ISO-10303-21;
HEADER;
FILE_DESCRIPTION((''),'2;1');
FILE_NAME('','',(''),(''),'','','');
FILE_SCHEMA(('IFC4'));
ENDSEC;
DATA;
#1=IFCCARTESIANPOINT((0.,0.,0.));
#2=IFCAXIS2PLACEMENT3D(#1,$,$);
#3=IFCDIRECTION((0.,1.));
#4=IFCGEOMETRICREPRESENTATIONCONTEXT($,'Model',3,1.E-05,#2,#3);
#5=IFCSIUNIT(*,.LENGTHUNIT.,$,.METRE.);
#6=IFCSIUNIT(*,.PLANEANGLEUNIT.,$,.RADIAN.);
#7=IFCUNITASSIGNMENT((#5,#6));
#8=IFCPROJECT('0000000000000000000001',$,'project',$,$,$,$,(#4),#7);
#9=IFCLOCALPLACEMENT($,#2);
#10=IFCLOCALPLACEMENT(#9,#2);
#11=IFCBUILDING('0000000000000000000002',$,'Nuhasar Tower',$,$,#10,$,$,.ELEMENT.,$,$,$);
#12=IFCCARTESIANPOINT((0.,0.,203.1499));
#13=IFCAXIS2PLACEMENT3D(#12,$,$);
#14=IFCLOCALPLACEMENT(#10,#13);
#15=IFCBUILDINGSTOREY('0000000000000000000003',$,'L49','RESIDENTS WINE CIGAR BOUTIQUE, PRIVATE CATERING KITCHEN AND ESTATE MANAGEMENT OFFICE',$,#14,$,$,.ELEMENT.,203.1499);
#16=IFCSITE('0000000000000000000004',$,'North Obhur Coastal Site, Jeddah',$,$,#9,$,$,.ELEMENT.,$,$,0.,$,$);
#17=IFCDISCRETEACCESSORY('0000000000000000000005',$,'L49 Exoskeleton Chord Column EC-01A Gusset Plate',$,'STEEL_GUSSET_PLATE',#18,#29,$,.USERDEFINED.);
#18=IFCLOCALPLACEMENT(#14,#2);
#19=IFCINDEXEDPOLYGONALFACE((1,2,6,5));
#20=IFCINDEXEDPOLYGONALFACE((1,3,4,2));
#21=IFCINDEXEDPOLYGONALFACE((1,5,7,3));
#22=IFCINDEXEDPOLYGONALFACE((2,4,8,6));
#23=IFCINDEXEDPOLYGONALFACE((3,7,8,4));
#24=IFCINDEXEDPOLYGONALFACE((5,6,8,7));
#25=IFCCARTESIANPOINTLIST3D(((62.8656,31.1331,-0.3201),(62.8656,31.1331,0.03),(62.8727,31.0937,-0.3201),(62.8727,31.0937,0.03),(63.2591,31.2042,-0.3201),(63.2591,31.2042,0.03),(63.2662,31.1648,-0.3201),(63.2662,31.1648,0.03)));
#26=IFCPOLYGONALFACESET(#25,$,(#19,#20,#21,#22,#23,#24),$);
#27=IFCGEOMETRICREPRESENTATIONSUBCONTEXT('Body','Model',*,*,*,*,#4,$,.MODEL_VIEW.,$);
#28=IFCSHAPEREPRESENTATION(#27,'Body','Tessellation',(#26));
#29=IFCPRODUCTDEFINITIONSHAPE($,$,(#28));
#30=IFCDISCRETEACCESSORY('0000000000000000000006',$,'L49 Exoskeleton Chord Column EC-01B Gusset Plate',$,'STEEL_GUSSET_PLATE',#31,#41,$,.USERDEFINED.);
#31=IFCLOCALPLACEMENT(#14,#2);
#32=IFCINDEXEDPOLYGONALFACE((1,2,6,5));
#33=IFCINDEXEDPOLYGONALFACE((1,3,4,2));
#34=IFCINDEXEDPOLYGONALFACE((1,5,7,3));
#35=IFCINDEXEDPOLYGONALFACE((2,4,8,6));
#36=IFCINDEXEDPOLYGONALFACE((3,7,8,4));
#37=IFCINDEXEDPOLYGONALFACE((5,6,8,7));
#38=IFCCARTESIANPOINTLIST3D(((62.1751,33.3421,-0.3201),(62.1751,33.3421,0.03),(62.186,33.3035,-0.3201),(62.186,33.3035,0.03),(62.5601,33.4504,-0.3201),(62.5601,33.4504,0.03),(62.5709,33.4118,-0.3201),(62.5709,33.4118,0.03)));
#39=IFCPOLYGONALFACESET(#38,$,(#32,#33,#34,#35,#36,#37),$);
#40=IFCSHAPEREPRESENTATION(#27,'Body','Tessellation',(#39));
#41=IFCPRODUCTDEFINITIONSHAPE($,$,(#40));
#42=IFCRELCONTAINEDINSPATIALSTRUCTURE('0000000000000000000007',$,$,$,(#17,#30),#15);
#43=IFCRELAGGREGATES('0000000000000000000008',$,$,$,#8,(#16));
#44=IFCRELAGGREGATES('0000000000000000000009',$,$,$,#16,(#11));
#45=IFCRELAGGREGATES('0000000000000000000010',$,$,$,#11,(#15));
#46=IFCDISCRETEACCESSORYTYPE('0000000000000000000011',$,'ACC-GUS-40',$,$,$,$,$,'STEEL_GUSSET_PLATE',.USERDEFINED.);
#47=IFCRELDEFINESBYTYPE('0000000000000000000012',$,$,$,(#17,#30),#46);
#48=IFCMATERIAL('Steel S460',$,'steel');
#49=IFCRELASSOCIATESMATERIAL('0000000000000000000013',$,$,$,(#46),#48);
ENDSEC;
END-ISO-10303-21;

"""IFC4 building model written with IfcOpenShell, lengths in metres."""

from ifc_helpers import new_model, si_unit, direction, frame, origin, origin_2d, place, context, subcontext, project, spatial, rectangle, extrude, material, type_object, element, save


model = new_model("IFC4")

# Units and contexts
model_context = context("Model", 3, precision=1e-05, world=origin(), true_north=direction((0.0, 1.0)))
body_context = subcontext(model_context, "Body", "Model", "MODEL_VIEW")
ifc_project = project(units=[si_unit("LENGTHUNIT", "METRE"), si_unit("PLANEANGLEUNIT", "RADIAN")], contexts=[model_context])

# Site, building, storey
site_placement = place(None, origin())
site = spatial("IfcSite", under=ifc_project, at=site_placement, Name="North Obhur Coastal Site, Jeddah", CompositionType="ELEMENT", RefElevation=0.0)
building_placement = place(site_placement, origin())
building = spatial("IfcBuilding", under=site, at=building_placement, Name="Nuhasar Tower", CompositionType="ELEMENT")
storey_placement = place(building_placement, frame((0.0, 0.0, 203.1499)))
storey = spatial("IfcBuildingStorey", under=building, at=storey_placement, Name="L49", Description="RESIDENTS WINE CIGAR BOUTIQUE, PRIVATE CATERING KITCHEN AND ESTATE MANAGEMENT OFFICE", CompositionType="ELEMENT", Elevation=203.1499)

# Shared definitions
ifc_material_1 = material(Name="Steel S460", Category="steel")

# Discrete accessories
discrete_accessory_type = type_object("IfcDiscreteAccessoryType", Name="ACC-GUS-40", ElementType="STEEL_GUSSET_PLATE", PredefinedType="USERDEFINED", material=ifc_material_1)
for number, where, z_axis, x_axis, name in (
    (1, (63.0659, 31.1489, -0.3201), (0.0, 0.0, 1.0), (0.984062, 0.177823, 0.0), "L49 Exoskeleton Chord Column EC-01A Gusset Plate"),
    (2, (62.373, 33.377, -0.3201), (0.0, 0.0, 1.0), (0.962621, 0.270852, 0.0), "L49 Exoskeleton Chord Column EC-01B Gusset Plate"),
):
    element("IfcDiscreteAccessory", number, at=place(storey_placement, frame(where, z_axis=z_axis, x_axis=x_axis)), inside=storey, type_object=discrete_accessory_type, Name=name, ObjectType="STEEL_GUSSET_PLATE", PredefinedType="USERDEFINED", context=body_context, shape_type="SweptSolid", body=[
        extrude(rectangle(XDim=0.3999, YDim=0.04, at=origin_2d()), origin(), (0.0, 0.0, 1.0), 0.3501),
    ])

save(model, "model.ifc")
